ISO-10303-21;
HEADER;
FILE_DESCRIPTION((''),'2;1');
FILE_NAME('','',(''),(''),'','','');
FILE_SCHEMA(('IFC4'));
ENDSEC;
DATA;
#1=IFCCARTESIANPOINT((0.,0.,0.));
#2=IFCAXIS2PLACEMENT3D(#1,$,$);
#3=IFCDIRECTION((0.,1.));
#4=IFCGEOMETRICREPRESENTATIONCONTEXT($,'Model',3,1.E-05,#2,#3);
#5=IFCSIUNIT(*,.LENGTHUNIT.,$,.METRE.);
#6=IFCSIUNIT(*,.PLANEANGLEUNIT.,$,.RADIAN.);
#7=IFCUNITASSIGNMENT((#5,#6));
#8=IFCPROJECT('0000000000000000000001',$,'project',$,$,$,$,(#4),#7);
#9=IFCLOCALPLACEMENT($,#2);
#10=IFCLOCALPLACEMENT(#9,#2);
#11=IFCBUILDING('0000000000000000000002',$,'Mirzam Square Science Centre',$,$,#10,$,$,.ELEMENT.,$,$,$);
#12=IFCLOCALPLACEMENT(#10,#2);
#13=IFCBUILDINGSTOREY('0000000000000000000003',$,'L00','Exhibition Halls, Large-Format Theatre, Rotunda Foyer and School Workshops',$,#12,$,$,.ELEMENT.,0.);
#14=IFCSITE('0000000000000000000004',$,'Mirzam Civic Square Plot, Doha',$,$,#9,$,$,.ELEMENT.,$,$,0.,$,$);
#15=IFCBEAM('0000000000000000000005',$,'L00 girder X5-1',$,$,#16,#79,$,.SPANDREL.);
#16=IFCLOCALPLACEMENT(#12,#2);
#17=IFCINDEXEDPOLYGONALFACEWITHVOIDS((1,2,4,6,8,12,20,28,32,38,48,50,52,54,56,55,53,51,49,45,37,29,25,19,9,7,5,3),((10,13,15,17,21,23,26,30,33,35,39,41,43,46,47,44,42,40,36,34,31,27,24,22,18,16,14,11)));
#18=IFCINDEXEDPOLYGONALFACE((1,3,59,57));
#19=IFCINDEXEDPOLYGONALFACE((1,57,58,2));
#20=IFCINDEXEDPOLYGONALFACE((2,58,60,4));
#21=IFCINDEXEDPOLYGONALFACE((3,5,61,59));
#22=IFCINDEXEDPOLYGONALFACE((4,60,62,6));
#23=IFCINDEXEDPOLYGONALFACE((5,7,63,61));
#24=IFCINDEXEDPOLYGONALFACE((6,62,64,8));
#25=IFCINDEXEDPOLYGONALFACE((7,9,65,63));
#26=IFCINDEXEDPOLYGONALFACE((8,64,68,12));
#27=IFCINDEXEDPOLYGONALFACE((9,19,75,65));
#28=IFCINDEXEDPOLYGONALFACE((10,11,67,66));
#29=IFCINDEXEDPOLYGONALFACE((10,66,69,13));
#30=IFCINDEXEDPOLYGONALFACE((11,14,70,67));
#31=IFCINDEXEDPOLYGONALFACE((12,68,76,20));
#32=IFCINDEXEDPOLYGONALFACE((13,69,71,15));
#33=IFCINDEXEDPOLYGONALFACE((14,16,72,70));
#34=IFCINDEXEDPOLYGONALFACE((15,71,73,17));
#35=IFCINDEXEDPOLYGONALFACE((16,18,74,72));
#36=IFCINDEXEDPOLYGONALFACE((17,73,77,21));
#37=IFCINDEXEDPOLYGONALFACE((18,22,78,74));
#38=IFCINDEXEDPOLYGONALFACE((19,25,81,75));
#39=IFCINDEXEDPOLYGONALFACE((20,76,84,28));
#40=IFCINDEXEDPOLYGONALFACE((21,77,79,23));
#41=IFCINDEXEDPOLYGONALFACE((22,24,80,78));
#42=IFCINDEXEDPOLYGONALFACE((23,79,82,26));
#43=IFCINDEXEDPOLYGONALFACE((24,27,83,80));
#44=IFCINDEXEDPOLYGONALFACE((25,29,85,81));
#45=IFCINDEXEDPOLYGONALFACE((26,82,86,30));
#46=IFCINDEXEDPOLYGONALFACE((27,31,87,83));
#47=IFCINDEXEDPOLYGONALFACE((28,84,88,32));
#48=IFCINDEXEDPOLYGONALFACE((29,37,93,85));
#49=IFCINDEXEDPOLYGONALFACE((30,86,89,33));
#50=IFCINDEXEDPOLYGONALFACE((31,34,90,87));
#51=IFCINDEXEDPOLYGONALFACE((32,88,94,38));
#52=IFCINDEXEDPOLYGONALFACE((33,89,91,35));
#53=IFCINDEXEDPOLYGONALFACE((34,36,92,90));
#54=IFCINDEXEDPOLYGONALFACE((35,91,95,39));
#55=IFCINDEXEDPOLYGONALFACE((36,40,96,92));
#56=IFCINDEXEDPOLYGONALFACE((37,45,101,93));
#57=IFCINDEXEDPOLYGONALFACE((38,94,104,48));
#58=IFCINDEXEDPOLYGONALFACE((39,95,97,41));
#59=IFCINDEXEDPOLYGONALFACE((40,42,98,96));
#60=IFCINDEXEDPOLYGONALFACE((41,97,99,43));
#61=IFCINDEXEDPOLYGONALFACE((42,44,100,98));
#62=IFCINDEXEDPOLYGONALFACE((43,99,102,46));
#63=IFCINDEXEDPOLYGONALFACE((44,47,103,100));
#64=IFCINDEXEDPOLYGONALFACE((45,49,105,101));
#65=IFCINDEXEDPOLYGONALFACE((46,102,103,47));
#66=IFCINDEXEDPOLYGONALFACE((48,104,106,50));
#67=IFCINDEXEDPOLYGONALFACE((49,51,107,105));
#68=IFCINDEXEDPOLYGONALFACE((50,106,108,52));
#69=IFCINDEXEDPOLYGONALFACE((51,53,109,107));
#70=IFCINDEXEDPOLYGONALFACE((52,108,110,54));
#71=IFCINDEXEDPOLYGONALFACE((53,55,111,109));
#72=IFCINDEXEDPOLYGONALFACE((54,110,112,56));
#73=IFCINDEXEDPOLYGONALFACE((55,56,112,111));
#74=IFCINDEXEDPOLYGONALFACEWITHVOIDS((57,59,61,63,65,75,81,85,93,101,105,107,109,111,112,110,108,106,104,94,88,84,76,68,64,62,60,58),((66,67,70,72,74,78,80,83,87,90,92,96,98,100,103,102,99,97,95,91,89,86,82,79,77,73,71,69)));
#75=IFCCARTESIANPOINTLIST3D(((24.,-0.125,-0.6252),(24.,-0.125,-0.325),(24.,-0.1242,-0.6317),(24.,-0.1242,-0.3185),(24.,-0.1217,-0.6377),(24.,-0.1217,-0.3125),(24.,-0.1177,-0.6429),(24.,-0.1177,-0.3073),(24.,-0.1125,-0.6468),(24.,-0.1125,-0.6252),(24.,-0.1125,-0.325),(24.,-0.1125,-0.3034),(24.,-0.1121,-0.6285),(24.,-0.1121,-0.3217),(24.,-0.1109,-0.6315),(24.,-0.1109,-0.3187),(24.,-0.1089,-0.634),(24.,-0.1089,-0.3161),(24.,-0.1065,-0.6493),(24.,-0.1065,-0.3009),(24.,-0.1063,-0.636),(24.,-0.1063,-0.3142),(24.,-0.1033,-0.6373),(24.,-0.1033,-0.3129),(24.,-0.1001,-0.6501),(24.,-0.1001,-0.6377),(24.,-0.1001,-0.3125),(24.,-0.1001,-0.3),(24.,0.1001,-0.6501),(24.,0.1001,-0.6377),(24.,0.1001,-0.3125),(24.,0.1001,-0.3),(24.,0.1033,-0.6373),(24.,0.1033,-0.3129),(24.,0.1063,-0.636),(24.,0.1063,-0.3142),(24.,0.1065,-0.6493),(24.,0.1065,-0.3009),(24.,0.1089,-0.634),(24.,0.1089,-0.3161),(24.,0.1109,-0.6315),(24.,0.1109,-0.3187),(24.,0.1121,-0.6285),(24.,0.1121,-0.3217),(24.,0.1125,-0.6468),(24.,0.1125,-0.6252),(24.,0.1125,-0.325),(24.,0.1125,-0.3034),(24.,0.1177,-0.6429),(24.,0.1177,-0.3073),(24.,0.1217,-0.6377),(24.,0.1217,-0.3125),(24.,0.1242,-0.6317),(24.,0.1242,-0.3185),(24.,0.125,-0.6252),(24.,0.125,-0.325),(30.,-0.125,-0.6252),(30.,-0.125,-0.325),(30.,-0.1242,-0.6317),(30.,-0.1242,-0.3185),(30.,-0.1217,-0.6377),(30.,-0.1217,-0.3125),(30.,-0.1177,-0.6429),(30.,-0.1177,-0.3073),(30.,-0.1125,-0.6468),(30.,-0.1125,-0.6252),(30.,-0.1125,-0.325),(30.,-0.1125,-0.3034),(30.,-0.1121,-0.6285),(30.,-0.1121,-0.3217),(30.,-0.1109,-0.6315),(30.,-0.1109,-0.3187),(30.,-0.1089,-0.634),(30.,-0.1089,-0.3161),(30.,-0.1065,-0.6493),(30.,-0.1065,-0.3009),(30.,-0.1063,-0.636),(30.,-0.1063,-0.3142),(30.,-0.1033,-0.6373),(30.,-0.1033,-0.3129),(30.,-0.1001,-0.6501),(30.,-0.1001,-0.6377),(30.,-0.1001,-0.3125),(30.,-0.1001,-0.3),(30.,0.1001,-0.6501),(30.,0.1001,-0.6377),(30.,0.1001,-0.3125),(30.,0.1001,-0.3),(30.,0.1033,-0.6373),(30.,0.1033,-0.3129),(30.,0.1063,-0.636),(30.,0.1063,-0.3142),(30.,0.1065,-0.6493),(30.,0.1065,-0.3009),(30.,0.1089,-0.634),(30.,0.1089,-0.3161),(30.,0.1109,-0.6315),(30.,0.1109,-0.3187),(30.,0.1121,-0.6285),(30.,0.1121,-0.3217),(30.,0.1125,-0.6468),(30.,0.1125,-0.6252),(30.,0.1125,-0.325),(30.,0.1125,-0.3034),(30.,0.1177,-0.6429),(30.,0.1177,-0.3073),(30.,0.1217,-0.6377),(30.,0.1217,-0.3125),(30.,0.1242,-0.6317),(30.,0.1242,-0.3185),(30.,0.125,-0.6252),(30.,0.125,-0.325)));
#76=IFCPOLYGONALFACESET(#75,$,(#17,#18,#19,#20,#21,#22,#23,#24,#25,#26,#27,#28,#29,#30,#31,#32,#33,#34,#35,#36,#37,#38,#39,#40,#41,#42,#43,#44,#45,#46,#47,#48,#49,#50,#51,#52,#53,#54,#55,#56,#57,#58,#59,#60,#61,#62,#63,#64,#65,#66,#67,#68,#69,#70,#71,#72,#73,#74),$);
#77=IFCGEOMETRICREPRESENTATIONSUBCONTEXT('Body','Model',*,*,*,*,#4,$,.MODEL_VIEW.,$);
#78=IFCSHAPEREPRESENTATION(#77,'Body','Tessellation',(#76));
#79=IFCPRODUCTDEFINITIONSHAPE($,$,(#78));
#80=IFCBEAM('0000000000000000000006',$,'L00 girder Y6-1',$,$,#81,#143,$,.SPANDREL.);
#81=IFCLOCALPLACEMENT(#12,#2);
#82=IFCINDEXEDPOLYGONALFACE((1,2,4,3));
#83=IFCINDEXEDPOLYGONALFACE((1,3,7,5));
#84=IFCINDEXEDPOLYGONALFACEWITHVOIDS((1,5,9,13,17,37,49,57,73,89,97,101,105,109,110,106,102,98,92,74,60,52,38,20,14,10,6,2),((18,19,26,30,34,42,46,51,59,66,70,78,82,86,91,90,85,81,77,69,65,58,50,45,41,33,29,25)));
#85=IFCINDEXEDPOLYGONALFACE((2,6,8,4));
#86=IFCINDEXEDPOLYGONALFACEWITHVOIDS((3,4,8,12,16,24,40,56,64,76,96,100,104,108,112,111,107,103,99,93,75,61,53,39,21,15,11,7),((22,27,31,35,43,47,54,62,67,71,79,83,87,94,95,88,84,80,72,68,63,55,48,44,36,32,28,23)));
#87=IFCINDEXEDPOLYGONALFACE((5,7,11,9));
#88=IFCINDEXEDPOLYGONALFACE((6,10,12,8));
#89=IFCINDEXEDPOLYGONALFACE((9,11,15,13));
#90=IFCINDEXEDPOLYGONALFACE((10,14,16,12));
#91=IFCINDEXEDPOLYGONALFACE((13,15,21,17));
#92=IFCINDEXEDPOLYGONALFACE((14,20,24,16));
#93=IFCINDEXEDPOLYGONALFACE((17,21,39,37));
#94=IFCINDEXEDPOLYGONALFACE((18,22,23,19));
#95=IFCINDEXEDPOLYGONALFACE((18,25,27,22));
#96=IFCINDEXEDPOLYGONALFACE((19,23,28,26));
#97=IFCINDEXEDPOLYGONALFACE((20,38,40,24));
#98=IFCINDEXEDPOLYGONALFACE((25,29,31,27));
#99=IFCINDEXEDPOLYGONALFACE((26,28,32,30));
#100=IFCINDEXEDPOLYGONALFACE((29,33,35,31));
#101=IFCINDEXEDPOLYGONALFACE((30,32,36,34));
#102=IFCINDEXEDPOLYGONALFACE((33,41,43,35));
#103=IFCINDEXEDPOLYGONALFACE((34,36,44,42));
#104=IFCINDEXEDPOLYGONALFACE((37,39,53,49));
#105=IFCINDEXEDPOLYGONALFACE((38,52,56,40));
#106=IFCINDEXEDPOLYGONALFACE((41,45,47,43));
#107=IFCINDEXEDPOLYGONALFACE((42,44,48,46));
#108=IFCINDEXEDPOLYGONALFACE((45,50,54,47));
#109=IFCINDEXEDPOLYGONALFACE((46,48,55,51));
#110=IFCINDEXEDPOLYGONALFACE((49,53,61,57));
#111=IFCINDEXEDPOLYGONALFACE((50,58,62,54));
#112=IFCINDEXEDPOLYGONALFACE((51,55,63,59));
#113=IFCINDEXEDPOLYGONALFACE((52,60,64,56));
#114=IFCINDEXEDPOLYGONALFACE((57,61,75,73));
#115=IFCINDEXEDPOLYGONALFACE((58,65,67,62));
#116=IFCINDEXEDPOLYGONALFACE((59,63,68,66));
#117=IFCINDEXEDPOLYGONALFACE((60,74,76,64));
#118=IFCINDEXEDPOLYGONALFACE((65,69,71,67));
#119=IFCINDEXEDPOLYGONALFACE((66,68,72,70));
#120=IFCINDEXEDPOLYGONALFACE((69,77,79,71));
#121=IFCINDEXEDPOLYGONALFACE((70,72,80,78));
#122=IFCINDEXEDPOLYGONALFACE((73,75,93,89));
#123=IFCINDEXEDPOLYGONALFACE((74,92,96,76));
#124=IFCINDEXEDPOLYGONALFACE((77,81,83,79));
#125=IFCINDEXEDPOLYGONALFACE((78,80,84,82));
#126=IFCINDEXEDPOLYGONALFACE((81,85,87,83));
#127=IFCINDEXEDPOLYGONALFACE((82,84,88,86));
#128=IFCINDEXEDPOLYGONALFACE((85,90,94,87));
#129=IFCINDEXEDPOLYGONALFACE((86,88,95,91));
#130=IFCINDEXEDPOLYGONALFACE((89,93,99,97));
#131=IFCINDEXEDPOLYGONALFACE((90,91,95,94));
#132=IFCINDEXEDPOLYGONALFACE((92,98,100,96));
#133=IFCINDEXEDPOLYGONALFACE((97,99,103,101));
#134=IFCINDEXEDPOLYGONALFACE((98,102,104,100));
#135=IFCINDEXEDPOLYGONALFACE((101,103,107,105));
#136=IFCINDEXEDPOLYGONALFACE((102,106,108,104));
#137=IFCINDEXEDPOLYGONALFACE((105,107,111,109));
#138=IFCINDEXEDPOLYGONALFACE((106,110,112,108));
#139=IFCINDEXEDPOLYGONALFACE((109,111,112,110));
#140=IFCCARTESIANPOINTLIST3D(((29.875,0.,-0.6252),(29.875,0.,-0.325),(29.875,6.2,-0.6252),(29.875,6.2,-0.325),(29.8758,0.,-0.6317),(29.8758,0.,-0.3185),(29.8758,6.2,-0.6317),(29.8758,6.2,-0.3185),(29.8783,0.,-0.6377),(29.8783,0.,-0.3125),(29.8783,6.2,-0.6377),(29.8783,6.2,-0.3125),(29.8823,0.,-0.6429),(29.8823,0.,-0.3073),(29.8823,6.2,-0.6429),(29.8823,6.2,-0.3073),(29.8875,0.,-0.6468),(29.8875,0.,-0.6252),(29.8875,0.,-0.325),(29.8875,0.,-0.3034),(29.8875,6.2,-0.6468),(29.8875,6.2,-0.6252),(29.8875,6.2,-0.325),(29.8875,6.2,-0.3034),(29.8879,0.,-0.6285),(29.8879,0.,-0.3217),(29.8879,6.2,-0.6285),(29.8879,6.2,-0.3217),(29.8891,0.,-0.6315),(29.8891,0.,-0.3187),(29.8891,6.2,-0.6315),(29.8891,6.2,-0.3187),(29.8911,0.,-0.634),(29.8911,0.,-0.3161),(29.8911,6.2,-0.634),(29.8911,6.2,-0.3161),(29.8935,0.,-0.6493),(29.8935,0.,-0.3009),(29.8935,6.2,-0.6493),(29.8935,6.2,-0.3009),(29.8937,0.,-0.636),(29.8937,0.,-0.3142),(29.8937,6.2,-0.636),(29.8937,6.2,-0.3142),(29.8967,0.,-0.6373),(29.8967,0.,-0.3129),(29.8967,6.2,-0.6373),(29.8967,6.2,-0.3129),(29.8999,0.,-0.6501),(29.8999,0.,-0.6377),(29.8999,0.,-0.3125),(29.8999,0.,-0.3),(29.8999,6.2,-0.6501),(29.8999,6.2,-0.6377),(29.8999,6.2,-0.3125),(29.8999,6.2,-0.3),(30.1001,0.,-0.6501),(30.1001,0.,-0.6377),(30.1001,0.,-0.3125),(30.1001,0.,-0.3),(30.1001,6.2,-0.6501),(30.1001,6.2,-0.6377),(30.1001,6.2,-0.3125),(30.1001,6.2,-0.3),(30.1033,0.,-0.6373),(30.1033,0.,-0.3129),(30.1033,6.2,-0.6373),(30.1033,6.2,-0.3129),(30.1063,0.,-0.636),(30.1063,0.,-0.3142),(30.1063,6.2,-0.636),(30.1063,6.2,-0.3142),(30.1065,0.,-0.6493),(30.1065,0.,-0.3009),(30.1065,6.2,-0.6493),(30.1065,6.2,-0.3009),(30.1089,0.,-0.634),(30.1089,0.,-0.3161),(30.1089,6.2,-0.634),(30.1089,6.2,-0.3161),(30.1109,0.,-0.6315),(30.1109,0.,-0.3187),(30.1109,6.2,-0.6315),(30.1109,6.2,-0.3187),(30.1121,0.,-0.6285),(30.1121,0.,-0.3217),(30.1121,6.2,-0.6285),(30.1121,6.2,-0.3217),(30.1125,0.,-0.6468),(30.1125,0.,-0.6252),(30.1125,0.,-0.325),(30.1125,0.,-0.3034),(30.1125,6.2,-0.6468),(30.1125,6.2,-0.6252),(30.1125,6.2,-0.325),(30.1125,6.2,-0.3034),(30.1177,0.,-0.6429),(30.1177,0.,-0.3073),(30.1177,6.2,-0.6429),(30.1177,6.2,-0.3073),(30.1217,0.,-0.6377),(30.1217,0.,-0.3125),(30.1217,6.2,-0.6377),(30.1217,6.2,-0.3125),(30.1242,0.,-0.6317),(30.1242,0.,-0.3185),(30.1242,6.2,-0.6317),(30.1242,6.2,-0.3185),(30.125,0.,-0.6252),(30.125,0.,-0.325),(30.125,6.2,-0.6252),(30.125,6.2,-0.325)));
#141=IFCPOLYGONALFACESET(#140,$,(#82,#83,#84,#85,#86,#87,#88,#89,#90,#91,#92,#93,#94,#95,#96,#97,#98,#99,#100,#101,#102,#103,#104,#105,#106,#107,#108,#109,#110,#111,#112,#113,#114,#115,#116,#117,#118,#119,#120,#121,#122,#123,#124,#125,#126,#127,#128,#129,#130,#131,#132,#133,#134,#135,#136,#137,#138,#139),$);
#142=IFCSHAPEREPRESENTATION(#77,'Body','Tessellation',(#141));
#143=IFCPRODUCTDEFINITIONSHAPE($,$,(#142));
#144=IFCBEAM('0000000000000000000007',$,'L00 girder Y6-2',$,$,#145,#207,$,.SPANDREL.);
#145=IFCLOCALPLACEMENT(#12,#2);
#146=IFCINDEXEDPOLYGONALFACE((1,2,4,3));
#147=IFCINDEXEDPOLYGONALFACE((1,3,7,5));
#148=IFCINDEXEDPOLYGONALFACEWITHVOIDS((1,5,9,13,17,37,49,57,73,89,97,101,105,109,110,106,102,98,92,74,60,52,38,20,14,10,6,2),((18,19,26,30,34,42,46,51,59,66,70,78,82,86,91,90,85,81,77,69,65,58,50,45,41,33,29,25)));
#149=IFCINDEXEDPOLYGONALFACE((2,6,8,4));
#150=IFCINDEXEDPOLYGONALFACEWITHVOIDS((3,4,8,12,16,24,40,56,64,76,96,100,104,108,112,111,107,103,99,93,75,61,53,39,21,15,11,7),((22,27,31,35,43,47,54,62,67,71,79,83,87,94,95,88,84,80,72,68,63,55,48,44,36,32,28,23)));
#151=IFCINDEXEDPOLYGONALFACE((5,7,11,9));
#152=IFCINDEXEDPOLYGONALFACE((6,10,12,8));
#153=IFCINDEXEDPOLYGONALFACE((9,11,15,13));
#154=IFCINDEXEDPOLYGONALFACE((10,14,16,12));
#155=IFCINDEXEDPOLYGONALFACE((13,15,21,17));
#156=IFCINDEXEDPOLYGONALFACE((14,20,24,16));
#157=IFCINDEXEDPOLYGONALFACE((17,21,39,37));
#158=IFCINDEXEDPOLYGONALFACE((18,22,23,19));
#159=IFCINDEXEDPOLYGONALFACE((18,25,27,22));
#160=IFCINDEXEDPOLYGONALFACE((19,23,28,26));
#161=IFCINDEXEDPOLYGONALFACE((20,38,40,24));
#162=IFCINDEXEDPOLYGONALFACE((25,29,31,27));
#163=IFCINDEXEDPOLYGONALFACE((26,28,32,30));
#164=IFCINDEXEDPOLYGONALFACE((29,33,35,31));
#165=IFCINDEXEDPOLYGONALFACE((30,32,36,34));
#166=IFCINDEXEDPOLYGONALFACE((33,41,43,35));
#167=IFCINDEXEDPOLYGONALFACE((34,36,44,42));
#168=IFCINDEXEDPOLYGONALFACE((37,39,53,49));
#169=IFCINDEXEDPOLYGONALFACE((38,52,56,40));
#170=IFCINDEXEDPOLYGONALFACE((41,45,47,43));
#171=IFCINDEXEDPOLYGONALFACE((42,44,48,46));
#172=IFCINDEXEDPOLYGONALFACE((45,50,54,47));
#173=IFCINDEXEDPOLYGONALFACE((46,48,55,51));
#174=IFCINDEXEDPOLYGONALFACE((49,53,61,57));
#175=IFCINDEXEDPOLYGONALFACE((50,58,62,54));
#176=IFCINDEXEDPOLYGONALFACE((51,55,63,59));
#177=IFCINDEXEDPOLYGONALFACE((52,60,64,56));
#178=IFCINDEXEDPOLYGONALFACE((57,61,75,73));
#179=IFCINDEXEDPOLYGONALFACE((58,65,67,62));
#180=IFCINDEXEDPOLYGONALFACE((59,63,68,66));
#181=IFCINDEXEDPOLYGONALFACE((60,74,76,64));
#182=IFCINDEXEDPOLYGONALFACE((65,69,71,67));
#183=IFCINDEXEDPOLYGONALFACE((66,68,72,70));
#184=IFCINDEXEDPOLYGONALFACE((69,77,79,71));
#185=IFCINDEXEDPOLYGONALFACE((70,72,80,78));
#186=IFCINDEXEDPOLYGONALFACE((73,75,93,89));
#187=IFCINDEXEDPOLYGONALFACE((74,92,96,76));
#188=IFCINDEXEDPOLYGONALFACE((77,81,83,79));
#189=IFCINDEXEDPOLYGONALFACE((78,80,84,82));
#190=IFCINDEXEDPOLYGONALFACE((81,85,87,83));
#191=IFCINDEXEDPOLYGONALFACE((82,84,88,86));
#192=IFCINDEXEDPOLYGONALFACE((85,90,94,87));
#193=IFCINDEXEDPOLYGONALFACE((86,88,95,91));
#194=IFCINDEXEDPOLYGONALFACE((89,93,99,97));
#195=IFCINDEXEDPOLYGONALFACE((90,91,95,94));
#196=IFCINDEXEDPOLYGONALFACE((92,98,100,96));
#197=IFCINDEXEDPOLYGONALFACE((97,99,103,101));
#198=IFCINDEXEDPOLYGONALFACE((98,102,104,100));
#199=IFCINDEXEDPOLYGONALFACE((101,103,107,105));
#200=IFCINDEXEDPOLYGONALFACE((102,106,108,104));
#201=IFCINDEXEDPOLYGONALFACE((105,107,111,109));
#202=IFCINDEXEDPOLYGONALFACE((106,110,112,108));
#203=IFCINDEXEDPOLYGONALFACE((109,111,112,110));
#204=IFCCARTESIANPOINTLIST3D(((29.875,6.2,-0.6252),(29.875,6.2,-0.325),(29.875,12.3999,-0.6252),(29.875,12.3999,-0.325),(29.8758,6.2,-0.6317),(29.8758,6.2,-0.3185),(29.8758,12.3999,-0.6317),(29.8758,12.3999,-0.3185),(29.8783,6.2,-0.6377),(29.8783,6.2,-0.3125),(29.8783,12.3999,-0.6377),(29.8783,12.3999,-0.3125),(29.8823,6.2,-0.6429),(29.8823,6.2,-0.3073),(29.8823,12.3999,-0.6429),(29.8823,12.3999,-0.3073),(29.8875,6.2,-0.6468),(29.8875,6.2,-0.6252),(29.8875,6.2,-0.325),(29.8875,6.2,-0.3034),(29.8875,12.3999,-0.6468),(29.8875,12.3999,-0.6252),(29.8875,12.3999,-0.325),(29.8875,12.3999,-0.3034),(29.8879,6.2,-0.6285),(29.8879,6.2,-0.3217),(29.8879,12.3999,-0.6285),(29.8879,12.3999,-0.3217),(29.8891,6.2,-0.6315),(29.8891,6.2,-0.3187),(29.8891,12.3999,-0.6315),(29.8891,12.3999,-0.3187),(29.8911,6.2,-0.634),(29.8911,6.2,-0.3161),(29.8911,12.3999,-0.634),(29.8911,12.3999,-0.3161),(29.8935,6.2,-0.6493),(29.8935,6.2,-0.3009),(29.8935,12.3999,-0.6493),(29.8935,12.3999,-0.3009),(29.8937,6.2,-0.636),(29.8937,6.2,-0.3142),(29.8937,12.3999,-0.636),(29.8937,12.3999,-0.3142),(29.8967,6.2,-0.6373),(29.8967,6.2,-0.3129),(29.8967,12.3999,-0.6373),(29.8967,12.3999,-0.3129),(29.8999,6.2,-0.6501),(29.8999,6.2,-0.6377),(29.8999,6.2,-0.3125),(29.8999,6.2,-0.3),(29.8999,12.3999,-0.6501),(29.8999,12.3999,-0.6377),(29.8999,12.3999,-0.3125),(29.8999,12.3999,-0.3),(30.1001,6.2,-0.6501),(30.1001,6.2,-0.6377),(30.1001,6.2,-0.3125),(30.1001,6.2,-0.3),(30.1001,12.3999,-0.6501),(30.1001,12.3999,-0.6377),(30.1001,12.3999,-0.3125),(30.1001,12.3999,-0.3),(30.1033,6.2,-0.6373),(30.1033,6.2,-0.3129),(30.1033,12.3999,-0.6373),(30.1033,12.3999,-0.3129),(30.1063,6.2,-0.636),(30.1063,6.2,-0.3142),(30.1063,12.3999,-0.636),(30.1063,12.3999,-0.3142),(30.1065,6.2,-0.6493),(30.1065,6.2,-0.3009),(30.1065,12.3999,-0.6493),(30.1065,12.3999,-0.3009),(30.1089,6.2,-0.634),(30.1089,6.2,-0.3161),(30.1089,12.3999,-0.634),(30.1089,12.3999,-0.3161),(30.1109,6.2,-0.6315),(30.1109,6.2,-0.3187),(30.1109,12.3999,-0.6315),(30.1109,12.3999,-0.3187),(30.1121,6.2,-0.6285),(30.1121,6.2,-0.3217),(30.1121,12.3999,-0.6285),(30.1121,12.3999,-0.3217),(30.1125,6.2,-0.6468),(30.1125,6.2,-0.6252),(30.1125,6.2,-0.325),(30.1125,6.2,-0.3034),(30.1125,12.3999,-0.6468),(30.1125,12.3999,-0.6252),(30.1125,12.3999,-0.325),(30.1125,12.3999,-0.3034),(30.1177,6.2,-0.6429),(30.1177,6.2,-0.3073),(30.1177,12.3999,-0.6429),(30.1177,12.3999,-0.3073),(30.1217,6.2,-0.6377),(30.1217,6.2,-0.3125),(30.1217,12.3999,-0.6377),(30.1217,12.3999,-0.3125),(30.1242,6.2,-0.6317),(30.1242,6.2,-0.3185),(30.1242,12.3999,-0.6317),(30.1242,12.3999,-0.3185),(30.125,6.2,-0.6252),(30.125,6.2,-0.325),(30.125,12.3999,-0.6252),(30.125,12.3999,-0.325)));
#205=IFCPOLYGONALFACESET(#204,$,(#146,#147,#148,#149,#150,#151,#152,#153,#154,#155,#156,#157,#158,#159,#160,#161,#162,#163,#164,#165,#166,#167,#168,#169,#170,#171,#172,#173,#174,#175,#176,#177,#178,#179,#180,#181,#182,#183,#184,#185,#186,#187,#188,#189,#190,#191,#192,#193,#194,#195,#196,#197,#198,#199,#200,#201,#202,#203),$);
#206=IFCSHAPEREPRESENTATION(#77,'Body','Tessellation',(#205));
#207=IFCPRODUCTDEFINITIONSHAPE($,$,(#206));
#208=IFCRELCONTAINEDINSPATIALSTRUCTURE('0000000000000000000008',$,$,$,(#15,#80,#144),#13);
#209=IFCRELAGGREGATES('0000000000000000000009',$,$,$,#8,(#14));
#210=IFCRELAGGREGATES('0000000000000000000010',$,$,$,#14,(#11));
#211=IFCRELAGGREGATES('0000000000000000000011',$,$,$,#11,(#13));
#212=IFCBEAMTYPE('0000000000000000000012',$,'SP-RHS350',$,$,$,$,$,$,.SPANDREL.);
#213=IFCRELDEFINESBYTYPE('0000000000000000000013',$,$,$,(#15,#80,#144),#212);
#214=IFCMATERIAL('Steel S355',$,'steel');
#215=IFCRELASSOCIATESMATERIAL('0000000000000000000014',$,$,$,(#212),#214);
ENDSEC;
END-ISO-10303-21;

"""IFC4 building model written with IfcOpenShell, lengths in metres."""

from ifc_helpers import new_model, si_unit, direction, frame, origin, origin_2d, place, context, subcontext, project, spatial, hollow_rectangle, extrude, material, material_profile, profile_set, type_object, element, save


model = new_model("IFC4")

# Units and contexts
model_context = context("Model", 3, precision=1e-05, world=origin(), true_north=direction((0.0, 1.0)))
body_context = subcontext(model_context, "Body", "Model", "MODEL_VIEW")
ifc_project = project(units=[si_unit("LENGTHUNIT", "METRE"), si_unit("PLANEANGLEUNIT", "RADIAN")], contexts=[model_context])

# Site, building, storey
site_placement = place(None, origin())
site = spatial("IfcSite", under=ifc_project, at=site_placement, Name="Mirzam Civic Square Plot, Doha", CompositionType="ELEMENT", RefElevation=0.0)
building_placement = place(site_placement, origin())
building = spatial("IfcBuilding", under=site, at=building_placement, Name="Mirzam Square Science Centre", CompositionType="ELEMENT")
storey_placement = place(building_placement, origin())
storey = spatial("IfcBuildingStorey", under=building, at=storey_placement, Name="L00", Description="Exhibition Halls, Large-Format Theatre, Rotunda Foyer and School Workshops", CompositionType="ELEMENT", Elevation=0.0)

# Shared definitions
ifc_material_1 = material(Name="Steel S355", Category="steel")

# Beams
ifc_material_profile_1 = material_profile(ifc_material_1, hollow_rectangle(XDim=0.25, YDim=0.3501, WallThickness=0.0125, InnerFilletRadius=0.0125, OuterFilletRadius=0.0249, at=origin_2d()), Name="350x250x12.5RHS")
ifc_profile_set_1 = profile_set([ifc_material_profile_1], Name="Steel S355")
beam_type_1 = type_object("IfcBeamType", Name="SP-RHS350", PredefinedType="SPANDREL", material=ifc_profile_set_1)
beam_1_placement = place(storey_placement, frame((24.0, 0.0, -0.4751), z_axis=(1.0, 0.0, 0.0), x_axis=(0.0, 1.0, 0.0)))
element("IfcBeam", 1, at=beam_1_placement, inside=storey, type_object=beam_type_1, Name="L00 girder X5-1", PredefinedType="SPANDREL", context=body_context, shape_type="SweptSolid", body=[
    extrude(hollow_rectangle(XDim=0.25, YDim=0.3501, WallThickness=0.0125, InnerFilletRadius=0.0125, OuterFilletRadius=0.0249, at=origin_2d()), origin(), (0.0, 0.0, 1.0), 6.0),
])
for number, where, z_axis, x_axis, name in (
    (2, (30.0, 0.0, -0.4751), (0.0, 1.0, 0.0), (-1.0, 0.0, 0.0), "L00 girder Y6-1"),
    (3, (30.0, 6.2, -0.4751), (0.0, 1.0, 0.0), (-1.0, 0.0, 0.0), "L00 girder Y6-2"),
):
    element("IfcBeam", number, at=place(storey_placement, frame(where, z_axis=z_axis, x_axis=x_axis)), inside=storey, type_object=beam_type_1, Name=name, PredefinedType="SPANDREL", context=body_context, shape_type="SweptSolid", body=[
        extrude(hollow_rectangle(XDim=0.25, YDim=0.3501, WallThickness=0.0125, InnerFilletRadius=0.0125, OuterFilletRadius=0.0249, at=origin_2d()), origin(), (0.0, 0.0, 1.0), 6.2),
    ])

save(model, "model.ifc")
